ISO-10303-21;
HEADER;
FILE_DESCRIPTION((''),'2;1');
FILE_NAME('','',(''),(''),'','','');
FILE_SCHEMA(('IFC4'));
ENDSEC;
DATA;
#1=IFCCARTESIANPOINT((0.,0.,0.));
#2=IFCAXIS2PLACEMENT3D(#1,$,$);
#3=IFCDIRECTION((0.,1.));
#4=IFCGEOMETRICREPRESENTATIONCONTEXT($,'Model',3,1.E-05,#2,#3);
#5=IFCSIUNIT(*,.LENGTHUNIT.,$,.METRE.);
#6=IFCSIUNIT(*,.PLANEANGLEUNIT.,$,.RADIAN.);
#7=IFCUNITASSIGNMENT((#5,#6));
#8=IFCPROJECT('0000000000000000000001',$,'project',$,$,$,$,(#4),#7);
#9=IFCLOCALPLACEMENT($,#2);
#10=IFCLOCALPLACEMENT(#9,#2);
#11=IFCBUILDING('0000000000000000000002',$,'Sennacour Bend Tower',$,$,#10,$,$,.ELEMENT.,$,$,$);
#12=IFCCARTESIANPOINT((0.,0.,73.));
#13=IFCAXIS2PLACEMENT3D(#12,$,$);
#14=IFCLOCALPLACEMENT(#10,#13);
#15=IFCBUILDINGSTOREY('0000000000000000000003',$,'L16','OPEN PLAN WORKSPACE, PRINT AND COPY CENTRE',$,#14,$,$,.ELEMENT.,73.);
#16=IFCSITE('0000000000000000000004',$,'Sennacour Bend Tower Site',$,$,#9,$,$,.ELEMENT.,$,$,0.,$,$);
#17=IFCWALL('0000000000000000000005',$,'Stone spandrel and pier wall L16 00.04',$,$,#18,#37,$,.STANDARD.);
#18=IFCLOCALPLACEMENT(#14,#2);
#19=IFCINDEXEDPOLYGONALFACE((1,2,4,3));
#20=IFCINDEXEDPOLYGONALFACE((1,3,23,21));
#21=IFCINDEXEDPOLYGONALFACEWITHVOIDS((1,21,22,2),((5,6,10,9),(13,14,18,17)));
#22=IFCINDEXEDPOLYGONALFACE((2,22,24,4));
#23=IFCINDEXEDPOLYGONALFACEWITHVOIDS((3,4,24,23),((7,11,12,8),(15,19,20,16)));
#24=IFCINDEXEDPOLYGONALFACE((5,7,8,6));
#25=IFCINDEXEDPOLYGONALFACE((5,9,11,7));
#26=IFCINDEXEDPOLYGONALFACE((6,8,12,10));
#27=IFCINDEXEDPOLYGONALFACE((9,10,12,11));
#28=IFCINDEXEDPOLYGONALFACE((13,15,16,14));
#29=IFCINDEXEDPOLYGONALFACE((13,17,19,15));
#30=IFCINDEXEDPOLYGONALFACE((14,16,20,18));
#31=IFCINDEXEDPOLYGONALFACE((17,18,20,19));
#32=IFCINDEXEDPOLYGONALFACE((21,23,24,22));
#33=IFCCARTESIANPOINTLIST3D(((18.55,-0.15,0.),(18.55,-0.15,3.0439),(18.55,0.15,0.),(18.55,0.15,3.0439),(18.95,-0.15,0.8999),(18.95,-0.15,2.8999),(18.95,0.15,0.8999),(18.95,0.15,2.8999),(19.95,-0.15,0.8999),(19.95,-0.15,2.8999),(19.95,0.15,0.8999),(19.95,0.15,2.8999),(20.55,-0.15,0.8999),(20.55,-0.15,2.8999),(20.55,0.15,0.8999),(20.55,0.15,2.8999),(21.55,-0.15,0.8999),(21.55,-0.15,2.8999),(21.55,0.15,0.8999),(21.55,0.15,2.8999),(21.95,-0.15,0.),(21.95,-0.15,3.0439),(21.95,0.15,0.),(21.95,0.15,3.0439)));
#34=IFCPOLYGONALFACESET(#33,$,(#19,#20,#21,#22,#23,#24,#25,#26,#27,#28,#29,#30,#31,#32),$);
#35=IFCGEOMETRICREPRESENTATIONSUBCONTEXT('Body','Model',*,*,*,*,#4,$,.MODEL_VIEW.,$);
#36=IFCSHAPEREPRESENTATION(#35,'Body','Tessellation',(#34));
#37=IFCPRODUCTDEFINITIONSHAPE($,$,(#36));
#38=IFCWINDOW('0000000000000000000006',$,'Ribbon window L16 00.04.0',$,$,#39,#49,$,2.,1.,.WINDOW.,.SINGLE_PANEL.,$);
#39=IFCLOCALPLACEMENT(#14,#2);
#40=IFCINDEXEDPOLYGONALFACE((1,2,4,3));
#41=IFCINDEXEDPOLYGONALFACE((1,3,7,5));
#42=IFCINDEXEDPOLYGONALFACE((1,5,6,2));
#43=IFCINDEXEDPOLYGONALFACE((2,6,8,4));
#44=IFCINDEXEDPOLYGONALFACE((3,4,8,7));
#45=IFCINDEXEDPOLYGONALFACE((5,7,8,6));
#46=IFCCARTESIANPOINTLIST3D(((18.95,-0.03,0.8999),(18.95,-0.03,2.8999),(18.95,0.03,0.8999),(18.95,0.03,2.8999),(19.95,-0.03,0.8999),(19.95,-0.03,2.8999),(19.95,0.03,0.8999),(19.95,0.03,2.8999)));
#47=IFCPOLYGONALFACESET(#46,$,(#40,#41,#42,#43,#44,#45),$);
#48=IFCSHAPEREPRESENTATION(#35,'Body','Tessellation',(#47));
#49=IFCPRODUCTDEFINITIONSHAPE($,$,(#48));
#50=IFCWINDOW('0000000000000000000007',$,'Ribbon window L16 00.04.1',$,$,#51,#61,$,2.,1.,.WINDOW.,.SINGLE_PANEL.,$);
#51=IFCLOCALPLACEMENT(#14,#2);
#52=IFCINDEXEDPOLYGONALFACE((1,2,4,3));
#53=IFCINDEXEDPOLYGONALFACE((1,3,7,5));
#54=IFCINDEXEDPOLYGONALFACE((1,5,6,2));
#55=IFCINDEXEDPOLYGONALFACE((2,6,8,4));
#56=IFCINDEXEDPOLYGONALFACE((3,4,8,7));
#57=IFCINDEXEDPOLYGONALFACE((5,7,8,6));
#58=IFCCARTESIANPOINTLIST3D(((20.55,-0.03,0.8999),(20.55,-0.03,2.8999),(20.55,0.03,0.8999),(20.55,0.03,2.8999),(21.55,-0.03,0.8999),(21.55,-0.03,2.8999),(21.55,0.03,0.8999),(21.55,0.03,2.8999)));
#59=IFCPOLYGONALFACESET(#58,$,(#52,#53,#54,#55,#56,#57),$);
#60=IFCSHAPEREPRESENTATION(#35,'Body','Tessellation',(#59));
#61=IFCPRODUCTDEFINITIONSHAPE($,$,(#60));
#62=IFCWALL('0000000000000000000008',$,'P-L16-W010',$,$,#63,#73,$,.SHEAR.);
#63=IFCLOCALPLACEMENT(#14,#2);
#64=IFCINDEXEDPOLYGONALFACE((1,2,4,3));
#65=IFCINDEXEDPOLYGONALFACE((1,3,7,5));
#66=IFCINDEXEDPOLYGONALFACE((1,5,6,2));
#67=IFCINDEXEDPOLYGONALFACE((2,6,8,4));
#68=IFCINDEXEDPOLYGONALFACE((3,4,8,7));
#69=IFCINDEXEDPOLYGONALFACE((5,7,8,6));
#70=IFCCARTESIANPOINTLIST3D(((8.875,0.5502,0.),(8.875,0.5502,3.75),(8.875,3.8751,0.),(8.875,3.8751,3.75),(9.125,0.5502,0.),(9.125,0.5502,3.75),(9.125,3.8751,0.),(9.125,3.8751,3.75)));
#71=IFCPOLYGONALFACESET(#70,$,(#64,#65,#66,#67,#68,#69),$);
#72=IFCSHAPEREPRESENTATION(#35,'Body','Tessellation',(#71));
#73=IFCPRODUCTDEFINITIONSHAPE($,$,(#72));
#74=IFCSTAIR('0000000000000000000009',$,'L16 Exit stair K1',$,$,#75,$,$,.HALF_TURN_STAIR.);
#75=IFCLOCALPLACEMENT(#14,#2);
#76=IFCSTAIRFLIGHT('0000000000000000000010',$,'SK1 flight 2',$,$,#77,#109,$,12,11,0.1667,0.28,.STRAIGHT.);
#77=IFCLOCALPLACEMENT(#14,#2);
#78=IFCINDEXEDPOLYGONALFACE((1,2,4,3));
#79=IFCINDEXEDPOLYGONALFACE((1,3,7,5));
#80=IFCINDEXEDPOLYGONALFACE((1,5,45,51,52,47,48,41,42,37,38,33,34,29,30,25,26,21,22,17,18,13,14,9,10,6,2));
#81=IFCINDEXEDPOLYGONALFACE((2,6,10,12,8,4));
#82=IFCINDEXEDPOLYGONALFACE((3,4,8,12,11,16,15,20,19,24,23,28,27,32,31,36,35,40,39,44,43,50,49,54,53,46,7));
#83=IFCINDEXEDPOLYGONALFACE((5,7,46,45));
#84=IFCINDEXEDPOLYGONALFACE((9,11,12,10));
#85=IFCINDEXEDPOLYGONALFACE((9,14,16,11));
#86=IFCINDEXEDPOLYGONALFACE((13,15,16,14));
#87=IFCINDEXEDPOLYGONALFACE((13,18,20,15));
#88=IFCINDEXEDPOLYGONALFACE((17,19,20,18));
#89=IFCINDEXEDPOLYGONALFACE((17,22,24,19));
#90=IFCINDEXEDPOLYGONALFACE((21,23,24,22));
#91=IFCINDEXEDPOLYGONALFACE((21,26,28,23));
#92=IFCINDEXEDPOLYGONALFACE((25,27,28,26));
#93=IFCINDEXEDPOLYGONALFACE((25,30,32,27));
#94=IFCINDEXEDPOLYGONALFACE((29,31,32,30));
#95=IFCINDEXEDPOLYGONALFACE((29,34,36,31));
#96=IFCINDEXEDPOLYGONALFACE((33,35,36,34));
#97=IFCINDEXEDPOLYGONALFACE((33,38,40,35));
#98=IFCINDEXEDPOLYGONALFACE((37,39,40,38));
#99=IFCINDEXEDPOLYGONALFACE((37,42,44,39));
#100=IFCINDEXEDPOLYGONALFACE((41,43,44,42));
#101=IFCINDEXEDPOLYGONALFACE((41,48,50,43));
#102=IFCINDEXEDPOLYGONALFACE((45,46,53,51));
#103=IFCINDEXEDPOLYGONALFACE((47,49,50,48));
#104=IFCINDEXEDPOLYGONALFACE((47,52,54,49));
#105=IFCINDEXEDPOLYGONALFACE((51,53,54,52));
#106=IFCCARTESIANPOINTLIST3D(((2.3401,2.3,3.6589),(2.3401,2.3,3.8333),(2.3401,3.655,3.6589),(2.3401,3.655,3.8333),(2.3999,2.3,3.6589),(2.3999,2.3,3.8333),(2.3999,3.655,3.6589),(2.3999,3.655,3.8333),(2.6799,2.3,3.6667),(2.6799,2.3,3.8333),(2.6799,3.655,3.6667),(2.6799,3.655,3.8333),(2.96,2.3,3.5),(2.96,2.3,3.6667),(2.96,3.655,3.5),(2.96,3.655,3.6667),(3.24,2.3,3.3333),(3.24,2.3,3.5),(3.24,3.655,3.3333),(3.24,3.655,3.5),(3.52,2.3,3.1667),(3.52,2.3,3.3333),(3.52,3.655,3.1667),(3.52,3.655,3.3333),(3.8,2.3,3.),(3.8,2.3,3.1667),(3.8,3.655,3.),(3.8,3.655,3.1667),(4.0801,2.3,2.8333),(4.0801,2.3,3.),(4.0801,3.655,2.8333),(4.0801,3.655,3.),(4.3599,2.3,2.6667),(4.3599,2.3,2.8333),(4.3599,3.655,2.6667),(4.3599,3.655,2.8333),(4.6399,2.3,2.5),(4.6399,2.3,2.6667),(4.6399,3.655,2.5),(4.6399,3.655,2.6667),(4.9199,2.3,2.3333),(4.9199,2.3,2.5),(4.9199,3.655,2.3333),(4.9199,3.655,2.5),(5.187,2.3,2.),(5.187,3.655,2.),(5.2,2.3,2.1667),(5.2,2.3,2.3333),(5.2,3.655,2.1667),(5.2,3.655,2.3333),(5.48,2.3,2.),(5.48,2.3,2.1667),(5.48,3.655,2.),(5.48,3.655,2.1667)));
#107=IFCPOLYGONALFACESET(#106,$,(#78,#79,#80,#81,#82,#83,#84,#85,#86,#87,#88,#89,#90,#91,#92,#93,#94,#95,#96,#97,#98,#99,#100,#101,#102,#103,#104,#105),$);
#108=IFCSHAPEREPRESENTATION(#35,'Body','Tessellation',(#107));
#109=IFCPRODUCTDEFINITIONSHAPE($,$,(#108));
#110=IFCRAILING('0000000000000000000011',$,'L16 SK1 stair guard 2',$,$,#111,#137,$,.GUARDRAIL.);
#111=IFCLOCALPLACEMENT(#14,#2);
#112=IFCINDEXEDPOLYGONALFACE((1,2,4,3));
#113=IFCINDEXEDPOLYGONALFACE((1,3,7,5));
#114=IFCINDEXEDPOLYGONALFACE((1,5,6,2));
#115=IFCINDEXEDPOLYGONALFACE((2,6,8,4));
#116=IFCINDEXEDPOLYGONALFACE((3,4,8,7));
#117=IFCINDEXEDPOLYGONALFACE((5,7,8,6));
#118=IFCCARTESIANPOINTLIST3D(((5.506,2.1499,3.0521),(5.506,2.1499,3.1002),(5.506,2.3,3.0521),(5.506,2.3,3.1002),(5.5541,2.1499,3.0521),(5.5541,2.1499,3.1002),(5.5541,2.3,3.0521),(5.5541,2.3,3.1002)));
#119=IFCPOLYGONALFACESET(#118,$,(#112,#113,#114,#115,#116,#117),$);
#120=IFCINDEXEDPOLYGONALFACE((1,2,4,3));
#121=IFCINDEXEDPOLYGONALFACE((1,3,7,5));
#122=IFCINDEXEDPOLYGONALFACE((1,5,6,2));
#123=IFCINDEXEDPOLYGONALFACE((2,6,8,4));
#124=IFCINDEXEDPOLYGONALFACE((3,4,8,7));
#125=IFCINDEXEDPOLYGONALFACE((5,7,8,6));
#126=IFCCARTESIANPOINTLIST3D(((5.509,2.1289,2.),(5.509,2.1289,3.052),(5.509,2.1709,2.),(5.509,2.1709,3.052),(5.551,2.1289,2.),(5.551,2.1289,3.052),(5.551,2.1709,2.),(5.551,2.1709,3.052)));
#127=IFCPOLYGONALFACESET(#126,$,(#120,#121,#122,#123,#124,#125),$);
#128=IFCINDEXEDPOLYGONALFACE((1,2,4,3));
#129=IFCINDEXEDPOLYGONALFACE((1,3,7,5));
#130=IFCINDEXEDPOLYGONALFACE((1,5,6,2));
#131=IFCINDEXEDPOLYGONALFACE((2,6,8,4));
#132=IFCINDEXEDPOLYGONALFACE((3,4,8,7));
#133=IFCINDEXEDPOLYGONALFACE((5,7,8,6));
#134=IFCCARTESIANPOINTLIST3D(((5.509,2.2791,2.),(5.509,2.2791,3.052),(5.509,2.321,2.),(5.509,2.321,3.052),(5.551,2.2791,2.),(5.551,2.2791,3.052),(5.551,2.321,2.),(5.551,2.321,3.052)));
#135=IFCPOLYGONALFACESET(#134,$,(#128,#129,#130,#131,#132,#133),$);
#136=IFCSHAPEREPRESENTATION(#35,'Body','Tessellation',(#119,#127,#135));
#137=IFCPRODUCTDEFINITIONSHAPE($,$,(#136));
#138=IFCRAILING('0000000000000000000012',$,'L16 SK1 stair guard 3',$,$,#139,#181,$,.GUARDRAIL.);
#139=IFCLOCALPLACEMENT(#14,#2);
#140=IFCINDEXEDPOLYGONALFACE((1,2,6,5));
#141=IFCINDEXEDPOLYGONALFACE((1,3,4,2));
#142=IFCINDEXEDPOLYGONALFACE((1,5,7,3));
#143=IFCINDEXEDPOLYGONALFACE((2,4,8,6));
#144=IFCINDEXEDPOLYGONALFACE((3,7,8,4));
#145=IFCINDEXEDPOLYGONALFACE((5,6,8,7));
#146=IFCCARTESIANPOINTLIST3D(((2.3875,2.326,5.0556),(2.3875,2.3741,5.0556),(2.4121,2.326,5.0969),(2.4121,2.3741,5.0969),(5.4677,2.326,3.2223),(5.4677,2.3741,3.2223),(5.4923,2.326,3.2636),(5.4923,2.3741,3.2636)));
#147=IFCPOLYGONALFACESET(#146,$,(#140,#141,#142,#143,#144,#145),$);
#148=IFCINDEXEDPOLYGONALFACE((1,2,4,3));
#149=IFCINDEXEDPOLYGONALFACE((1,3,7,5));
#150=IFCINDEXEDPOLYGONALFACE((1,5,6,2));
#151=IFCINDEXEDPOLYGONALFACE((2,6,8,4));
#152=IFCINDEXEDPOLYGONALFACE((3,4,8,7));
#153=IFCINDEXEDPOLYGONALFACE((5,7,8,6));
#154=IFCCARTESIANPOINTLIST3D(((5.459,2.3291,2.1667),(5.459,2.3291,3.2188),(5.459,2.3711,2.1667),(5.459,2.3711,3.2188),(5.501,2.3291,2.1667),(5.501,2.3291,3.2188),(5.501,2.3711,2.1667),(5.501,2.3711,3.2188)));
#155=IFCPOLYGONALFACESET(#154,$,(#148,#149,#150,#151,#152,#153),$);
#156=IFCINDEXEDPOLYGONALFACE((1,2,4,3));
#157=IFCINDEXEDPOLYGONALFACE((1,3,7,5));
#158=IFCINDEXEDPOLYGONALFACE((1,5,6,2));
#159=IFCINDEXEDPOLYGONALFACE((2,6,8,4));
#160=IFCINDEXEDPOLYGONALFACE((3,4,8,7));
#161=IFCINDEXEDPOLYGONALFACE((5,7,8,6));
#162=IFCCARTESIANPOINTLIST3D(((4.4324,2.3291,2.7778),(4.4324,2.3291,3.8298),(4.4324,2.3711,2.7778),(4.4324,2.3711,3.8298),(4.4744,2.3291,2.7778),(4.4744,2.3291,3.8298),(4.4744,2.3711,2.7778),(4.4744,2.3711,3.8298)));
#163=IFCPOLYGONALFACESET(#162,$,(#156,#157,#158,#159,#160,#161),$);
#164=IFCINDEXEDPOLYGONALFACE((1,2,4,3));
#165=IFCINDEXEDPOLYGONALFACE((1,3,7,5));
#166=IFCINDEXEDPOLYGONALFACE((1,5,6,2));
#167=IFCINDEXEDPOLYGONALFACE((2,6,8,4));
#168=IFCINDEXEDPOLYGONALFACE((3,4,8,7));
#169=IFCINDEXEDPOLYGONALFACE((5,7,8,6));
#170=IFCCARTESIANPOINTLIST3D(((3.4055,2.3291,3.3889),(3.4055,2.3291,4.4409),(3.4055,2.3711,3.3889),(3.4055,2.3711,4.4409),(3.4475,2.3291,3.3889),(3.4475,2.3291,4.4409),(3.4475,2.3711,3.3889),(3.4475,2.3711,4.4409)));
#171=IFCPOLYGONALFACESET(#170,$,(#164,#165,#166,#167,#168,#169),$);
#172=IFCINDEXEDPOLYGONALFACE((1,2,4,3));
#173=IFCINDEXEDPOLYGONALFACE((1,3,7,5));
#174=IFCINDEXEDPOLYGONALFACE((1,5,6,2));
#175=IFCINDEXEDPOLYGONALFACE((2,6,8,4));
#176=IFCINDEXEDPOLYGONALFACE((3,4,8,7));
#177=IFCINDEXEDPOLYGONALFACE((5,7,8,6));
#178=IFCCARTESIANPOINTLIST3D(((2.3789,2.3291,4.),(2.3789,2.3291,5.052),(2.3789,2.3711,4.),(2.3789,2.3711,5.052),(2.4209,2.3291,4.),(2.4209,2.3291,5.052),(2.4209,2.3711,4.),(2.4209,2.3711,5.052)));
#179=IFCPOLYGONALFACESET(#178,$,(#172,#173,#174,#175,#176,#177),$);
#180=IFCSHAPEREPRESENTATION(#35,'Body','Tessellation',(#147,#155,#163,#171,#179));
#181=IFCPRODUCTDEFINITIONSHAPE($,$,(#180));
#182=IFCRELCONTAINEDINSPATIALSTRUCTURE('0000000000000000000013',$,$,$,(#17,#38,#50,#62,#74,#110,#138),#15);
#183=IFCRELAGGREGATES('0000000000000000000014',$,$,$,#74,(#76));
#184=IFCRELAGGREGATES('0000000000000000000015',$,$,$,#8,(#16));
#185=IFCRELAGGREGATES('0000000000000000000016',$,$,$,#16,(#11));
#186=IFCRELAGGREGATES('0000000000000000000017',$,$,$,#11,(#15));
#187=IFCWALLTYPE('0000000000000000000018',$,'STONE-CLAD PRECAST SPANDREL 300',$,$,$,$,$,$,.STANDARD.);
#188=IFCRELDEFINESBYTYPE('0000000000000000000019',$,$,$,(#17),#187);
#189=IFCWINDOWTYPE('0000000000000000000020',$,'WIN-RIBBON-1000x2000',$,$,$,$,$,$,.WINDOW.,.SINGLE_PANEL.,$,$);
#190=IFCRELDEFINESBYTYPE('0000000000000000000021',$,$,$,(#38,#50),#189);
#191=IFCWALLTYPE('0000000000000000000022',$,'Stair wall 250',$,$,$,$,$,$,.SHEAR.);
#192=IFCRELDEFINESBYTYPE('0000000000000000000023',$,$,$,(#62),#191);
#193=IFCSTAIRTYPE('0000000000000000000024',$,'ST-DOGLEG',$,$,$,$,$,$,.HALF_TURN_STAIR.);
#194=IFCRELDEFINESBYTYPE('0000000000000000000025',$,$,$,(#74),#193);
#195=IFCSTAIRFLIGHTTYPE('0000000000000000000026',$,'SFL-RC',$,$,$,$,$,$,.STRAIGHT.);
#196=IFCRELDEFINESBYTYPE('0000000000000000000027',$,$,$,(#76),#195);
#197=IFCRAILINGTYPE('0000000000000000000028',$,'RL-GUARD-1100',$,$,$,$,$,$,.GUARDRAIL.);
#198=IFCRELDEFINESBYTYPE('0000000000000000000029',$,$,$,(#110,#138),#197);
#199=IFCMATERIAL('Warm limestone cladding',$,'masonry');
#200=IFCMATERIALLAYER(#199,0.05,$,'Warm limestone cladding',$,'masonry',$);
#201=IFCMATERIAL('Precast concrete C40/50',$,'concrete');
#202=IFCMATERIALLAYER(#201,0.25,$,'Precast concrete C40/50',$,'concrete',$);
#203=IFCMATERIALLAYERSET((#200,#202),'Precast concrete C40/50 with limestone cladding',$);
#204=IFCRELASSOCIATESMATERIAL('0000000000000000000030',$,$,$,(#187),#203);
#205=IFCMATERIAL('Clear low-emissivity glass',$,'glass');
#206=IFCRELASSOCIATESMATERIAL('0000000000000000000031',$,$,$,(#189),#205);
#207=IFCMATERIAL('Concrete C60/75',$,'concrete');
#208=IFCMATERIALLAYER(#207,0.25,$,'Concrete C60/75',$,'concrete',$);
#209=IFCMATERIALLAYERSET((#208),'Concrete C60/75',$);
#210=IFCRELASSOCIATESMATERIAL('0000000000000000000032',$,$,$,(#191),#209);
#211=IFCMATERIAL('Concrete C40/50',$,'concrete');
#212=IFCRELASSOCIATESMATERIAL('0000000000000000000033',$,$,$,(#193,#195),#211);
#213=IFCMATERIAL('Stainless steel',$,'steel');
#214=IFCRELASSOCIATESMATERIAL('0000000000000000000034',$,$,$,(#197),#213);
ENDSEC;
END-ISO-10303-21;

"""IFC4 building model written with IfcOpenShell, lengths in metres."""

from ifc_helpers import new_model, si_unit, direction, frame, frame_2d, origin, origin_2d, place, context, subcontext, project, spatial, polyline, rectangle, outline, extrude, material, layer, layer_set, type_object, element, fill, aggregate, save


model = new_model("IFC4")

# Units and contexts
model_context = context("Model", 3, precision=1e-05, world=origin(), true_north=direction((0.0, 1.0)))
body_context = subcontext(model_context, "Body", "Model", "MODEL_VIEW")
ifc_project = project(units=[si_unit("LENGTHUNIT", "METRE"), si_unit("PLANEANGLEUNIT", "RADIAN")], contexts=[model_context])

# Site, building, storey
site_placement = place(None, origin())
site = spatial("IfcSite", under=ifc_project, at=site_placement, Name="Sennacour Bend Tower Site", CompositionType="ELEMENT", RefElevation=0.0)
building_placement = place(site_placement, origin())
building = spatial("IfcBuilding", under=site, at=building_placement, Name="Sennacour Bend Tower", CompositionType="ELEMENT")
storey_placement = place(building_placement, frame((0.0, 0.0, 73.0)))
storey = spatial("IfcBuildingStorey", under=building, at=storey_placement, Name="L16", Description="OPEN PLAN WORKSPACE, PRINT AND COPY CENTRE", CompositionType="ELEMENT", Elevation=73.0)

# Wall, openings, windows
ifc_material_1 = material(Name="Warm limestone cladding", Category="masonry")
ifc_layer_1 = layer(ifc_material_1, 0.05, Name="Warm limestone cladding", Category="masonry")
ifc_material_2 = material(Name="Precast concrete C40/50", Category="concrete")
ifc_layer_2 = layer(ifc_material_2, 0.25, Name="Precast concrete C40/50", Category="concrete")
ifc_layer_set_1 = layer_set([ifc_layer_1, ifc_layer_2], Name="Precast concrete C40/50 with limestone cladding")
wall_type_1 = type_object("IfcWallType", Name="STONE-CLAD PRECAST SPANDREL 300", PredefinedType="STANDARD", material=ifc_layer_set_1)
ifc_material_3 = material(Name="Clear low-emissivity glass", Category="glass")
window_type = type_object("IfcWindowType", Name="WIN-RIBBON-1000x2000", PartitioningType="SINGLE_PANEL", PredefinedType="WINDOW", material=ifc_material_3)
wall_1_placement = place(storey_placement, frame((18.55, 0.0, 0.0), z_axis=(0.0, 0.0, 1.0), x_axis=(1.0, 0.0, 0.0)))
wall_1 = element("IfcWall", 1, at=wall_1_placement, inside=storey, type_object=wall_type_1, Name="Stone spandrel and pier wall L16 00.04", PredefinedType="STANDARD", context=body_context, shape_type="SweptSolid", body=[
    extrude(rectangle(XDim=3.3999, YDim=0.3, at=frame_2d((1.7, 0.0))), origin(), (0.0, 0.0, 1.0), 3.0439),
])
opening_1_placement = place(wall_1_placement, frame((0.3999, 0.0, 0.8999)))
opening_1 = element("IfcOpeningElement", 2, at=opening_1_placement, cuts=wall_1, PredefinedType="OPENING", context=body_context, shape_type="SweptSolid", body=[
    extrude(rectangle(XDim=1.0, YDim=2.0, at=frame_2d((0.5, 1.0))), frame((0.0, 0.1602, 0.0), z_axis=(0.0, -1.0, 0.0), x_axis=(1.0, 0.0, 0.0)), (0.0, 0.0, 1.0), 0.3201),
])
opening_2_placement = place(wall_1_placement, frame((2.0, 0.0, 0.8999)))
opening_2 = element("IfcOpeningElement", 3, at=opening_2_placement, cuts=wall_1, PredefinedType="OPENING", context=body_context, shape_type="SweptSolid", body=[
    extrude(rectangle(XDim=1.0, YDim=2.0, at=frame_2d((0.5, 1.0))), frame((0.0, 0.1602, 0.0), z_axis=(0.0, -1.0, 0.0), x_axis=(1.0, 0.0, 0.0)), (0.0, 0.0, 1.0), 0.3201),
])
window_1_placement = place(opening_1_placement, origin())
window_1 = element("IfcWindow", 4, at=window_1_placement, inside=storey, type_object=window_type, Name="Ribbon window L16 00.04.0", OverallHeight=2.0, OverallWidth=1.0, PartitioningType="SINGLE_PANEL", PredefinedType="WINDOW", context=body_context, shape_type="SweptSolid", body=[
    extrude(rectangle(XDim=1.0, YDim=2.0, at=frame_2d((0.5, 1.0))), frame((0.0, 0.03, 0.0), z_axis=(0.0, -1.0, 0.0), x_axis=(1.0, 0.0, 0.0)), (0.0, 0.0, 1.0), 0.0601),
])
fill(opening_1, window_1)
window_2_placement = place(opening_2_placement, origin())
window_2 = element("IfcWindow", 5, at=window_2_placement, inside=storey, type_object=window_type, Name="Ribbon window L16 00.04.1", OverallHeight=2.0, OverallWidth=1.0, PartitioningType="SINGLE_PANEL", PredefinedType="WINDOW", context=body_context, shape_type="SweptSolid", body=[
    extrude(rectangle(XDim=1.0, YDim=2.0, at=frame_2d((0.5, 1.0))), frame((0.0, 0.03, 0.0), z_axis=(0.0, -1.0, 0.0), x_axis=(1.0, 0.0, 0.0)), (0.0, 0.0, 1.0), 0.0601),
])
fill(opening_2, window_2)

# Wall
ifc_material_4 = material(Name="Concrete C60/75", Category="concrete")
ifc_layer_3 = layer(ifc_material_4, 0.25, Name="Concrete C60/75", Category="concrete")
ifc_layer_set_2 = layer_set([ifc_layer_3], Name="Concrete C60/75")
wall_type_2 = type_object("IfcWallType", Name="Stair wall 250", PredefinedType="SHEAR", material=ifc_layer_set_2)
wall_2_placement = place(storey_placement, frame((9.0, 0.55, 0.0), z_axis=(0.0, 0.0, 1.0), x_axis=(0.0, 1.0, 0.0)))
element("IfcWall", 6, at=wall_2_placement, inside=storey, type_object=wall_type_2, Name="P-L16-W010", PredefinedType="SHEAR", context=body_context, shape_type="SweptSolid", body=[
    extrude(rectangle(XDim=3.325, YDim=0.25, at=frame_2d((1.6626, 0.0))), origin(), (0.0, 0.0, 1.0), 3.75),
])

# Stair, stair flight
ifc_material_5 = material(Name="Concrete C40/50", Category="concrete")
stair_type = type_object("IfcStairType", Name="ST-DOGLEG", PredefinedType="HALF_TURN_STAIR", material=ifc_material_5)
stair_placement = place(storey_placement, origin())
stair = element("IfcStair", 7, at=stair_placement, inside=storey, type_object=stair_type, Name="L16 Exit stair K1", PredefinedType="HALF_TURN_STAIR")
stair_flight_type = type_object("IfcStairFlightType", Name="SFL-RC", PredefinedType="STRAIGHT", material=ifc_material_5)
stair_flight_placement = place(storey_placement, frame((5.48, 2.9775, 2.0), z_axis=(0.0, 0.0, 1.0), x_axis=(-1.0, 0.0, 0.0)))
stair_flight = element("IfcStairFlight", 8, at=stair_flight_placement, type_object=stair_flight_type, Name="SK1 flight 2", NumberOfRisers=12, NumberOfTreads=11, PredefinedType="STRAIGHT", RiserHeight=0.1667, TreadLength=0.28, context=body_context, shape_type="SweptSolid", body=[
    extrude(outline(polyline([(0.0, 0.0), (0.0, 0.1667), (0.28, 0.1667), (0.28, 0.3333), (0.5601, 0.3333), (0.5601, 0.5), (0.8401, 0.5), (0.8401, 0.6667), (1.1201, 0.6667), (1.1201, 0.8333), (1.3999, 0.8333), (1.3999, 1.0), (1.6799, 1.0), (1.6799, 1.1667), (1.96, 1.1667), (1.96, 1.3333), (2.24, 1.3333), (2.24, 1.5), (2.52, 1.5), (2.52, 1.6667), (2.8, 1.6667), (2.8, 1.8333), (3.0801, 1.8333), (3.1399, 1.8333), (3.1399, 1.6589), (3.0801, 1.6589), (0.293, 0.0), (0.0, 0.0)])), frame((0.0, 0.6775, 0.0), z_axis=(0.0, -1.0, 0.0), x_axis=(1.0, 0.0, 0.0)), (0.0, 0.0, 1.0), 1.355),
])
aggregate(stair, [stair_flight])

# Railings
ifc_material_6 = material(Name="Stainless steel", Category="steel")
railing_type = type_object("IfcRailingType", Name="RL-GUARD-1100", PredefinedType="GUARDRAIL", material=ifc_material_6)
railing_1_placement = place(storey_placement, frame((5.53, 2.1499, 2.0)))
element("IfcRailing", 9, at=railing_1_placement, inside=storey, type_object=railing_type, Name="L16 SK1 stair guard 2", PredefinedType="GUARDRAIL", context=body_context, shape_type="SweptSolid", body=[
    extrude(rectangle(XDim=0.0481, YDim=0.0481, at=origin_2d()), frame((0.0, 0.0, 1.0762), z_axis=(0.0, 1.0, 0.0), x_axis=(-1.0, 0.0, 0.0)), (0.0, 0.0, 1.0), 0.1501),
    extrude(rectangle(XDim=0.042, YDim=0.042, at=origin_2d()), origin(), (0.0, 0.0, 1.0), 1.052),
    extrude(rectangle(XDim=0.042, YDim=0.042, at=origin_2d()), frame((0.0, 0.1501, 0.0)), (0.0, 0.0, 1.0), 1.052),
])
railing_2_placement = place(storey_placement, frame((5.48, 2.3501, 2.1667)))
element("IfcRailing", 10, at=railing_2_placement, inside=storey, type_object=railing_type, Name="L16 SK1 stair guard 3", PredefinedType="GUARDRAIL", context=body_context, shape_type="SweptSolid", body=[
    extrude(rectangle(XDim=0.0481, YDim=0.0481, at=origin_2d()), frame((0.0, 0.0, 1.0762), z_axis=(-0.859309, 0.0, 0.511458), x_axis=(0.0, -1.0, 0.0)), (0.0, 0.0, 1.0), 3.5845),
    extrude(rectangle(XDim=0.042, YDim=0.042, at=origin_2d()), origin(), (0.0, 0.0, 1.0), 1.052),
    extrude(rectangle(XDim=0.042, YDim=0.042, at=origin_2d()), frame((-1.0266, 0.0, 0.6111)), (0.0, 0.0, 1.0), 1.052),
    extrude(rectangle(XDim=0.042, YDim=0.042, at=origin_2d()), frame((-2.0535, 0.0, 1.2222)), (0.0, 0.0, 1.0), 1.052),
    extrude(rectangle(XDim=0.042, YDim=0.042, at=origin_2d()), frame((-3.0801, 0.0, 1.8333)), (0.0, 0.0, 1.0), 1.052),
])

save(model, "model.ifc")
